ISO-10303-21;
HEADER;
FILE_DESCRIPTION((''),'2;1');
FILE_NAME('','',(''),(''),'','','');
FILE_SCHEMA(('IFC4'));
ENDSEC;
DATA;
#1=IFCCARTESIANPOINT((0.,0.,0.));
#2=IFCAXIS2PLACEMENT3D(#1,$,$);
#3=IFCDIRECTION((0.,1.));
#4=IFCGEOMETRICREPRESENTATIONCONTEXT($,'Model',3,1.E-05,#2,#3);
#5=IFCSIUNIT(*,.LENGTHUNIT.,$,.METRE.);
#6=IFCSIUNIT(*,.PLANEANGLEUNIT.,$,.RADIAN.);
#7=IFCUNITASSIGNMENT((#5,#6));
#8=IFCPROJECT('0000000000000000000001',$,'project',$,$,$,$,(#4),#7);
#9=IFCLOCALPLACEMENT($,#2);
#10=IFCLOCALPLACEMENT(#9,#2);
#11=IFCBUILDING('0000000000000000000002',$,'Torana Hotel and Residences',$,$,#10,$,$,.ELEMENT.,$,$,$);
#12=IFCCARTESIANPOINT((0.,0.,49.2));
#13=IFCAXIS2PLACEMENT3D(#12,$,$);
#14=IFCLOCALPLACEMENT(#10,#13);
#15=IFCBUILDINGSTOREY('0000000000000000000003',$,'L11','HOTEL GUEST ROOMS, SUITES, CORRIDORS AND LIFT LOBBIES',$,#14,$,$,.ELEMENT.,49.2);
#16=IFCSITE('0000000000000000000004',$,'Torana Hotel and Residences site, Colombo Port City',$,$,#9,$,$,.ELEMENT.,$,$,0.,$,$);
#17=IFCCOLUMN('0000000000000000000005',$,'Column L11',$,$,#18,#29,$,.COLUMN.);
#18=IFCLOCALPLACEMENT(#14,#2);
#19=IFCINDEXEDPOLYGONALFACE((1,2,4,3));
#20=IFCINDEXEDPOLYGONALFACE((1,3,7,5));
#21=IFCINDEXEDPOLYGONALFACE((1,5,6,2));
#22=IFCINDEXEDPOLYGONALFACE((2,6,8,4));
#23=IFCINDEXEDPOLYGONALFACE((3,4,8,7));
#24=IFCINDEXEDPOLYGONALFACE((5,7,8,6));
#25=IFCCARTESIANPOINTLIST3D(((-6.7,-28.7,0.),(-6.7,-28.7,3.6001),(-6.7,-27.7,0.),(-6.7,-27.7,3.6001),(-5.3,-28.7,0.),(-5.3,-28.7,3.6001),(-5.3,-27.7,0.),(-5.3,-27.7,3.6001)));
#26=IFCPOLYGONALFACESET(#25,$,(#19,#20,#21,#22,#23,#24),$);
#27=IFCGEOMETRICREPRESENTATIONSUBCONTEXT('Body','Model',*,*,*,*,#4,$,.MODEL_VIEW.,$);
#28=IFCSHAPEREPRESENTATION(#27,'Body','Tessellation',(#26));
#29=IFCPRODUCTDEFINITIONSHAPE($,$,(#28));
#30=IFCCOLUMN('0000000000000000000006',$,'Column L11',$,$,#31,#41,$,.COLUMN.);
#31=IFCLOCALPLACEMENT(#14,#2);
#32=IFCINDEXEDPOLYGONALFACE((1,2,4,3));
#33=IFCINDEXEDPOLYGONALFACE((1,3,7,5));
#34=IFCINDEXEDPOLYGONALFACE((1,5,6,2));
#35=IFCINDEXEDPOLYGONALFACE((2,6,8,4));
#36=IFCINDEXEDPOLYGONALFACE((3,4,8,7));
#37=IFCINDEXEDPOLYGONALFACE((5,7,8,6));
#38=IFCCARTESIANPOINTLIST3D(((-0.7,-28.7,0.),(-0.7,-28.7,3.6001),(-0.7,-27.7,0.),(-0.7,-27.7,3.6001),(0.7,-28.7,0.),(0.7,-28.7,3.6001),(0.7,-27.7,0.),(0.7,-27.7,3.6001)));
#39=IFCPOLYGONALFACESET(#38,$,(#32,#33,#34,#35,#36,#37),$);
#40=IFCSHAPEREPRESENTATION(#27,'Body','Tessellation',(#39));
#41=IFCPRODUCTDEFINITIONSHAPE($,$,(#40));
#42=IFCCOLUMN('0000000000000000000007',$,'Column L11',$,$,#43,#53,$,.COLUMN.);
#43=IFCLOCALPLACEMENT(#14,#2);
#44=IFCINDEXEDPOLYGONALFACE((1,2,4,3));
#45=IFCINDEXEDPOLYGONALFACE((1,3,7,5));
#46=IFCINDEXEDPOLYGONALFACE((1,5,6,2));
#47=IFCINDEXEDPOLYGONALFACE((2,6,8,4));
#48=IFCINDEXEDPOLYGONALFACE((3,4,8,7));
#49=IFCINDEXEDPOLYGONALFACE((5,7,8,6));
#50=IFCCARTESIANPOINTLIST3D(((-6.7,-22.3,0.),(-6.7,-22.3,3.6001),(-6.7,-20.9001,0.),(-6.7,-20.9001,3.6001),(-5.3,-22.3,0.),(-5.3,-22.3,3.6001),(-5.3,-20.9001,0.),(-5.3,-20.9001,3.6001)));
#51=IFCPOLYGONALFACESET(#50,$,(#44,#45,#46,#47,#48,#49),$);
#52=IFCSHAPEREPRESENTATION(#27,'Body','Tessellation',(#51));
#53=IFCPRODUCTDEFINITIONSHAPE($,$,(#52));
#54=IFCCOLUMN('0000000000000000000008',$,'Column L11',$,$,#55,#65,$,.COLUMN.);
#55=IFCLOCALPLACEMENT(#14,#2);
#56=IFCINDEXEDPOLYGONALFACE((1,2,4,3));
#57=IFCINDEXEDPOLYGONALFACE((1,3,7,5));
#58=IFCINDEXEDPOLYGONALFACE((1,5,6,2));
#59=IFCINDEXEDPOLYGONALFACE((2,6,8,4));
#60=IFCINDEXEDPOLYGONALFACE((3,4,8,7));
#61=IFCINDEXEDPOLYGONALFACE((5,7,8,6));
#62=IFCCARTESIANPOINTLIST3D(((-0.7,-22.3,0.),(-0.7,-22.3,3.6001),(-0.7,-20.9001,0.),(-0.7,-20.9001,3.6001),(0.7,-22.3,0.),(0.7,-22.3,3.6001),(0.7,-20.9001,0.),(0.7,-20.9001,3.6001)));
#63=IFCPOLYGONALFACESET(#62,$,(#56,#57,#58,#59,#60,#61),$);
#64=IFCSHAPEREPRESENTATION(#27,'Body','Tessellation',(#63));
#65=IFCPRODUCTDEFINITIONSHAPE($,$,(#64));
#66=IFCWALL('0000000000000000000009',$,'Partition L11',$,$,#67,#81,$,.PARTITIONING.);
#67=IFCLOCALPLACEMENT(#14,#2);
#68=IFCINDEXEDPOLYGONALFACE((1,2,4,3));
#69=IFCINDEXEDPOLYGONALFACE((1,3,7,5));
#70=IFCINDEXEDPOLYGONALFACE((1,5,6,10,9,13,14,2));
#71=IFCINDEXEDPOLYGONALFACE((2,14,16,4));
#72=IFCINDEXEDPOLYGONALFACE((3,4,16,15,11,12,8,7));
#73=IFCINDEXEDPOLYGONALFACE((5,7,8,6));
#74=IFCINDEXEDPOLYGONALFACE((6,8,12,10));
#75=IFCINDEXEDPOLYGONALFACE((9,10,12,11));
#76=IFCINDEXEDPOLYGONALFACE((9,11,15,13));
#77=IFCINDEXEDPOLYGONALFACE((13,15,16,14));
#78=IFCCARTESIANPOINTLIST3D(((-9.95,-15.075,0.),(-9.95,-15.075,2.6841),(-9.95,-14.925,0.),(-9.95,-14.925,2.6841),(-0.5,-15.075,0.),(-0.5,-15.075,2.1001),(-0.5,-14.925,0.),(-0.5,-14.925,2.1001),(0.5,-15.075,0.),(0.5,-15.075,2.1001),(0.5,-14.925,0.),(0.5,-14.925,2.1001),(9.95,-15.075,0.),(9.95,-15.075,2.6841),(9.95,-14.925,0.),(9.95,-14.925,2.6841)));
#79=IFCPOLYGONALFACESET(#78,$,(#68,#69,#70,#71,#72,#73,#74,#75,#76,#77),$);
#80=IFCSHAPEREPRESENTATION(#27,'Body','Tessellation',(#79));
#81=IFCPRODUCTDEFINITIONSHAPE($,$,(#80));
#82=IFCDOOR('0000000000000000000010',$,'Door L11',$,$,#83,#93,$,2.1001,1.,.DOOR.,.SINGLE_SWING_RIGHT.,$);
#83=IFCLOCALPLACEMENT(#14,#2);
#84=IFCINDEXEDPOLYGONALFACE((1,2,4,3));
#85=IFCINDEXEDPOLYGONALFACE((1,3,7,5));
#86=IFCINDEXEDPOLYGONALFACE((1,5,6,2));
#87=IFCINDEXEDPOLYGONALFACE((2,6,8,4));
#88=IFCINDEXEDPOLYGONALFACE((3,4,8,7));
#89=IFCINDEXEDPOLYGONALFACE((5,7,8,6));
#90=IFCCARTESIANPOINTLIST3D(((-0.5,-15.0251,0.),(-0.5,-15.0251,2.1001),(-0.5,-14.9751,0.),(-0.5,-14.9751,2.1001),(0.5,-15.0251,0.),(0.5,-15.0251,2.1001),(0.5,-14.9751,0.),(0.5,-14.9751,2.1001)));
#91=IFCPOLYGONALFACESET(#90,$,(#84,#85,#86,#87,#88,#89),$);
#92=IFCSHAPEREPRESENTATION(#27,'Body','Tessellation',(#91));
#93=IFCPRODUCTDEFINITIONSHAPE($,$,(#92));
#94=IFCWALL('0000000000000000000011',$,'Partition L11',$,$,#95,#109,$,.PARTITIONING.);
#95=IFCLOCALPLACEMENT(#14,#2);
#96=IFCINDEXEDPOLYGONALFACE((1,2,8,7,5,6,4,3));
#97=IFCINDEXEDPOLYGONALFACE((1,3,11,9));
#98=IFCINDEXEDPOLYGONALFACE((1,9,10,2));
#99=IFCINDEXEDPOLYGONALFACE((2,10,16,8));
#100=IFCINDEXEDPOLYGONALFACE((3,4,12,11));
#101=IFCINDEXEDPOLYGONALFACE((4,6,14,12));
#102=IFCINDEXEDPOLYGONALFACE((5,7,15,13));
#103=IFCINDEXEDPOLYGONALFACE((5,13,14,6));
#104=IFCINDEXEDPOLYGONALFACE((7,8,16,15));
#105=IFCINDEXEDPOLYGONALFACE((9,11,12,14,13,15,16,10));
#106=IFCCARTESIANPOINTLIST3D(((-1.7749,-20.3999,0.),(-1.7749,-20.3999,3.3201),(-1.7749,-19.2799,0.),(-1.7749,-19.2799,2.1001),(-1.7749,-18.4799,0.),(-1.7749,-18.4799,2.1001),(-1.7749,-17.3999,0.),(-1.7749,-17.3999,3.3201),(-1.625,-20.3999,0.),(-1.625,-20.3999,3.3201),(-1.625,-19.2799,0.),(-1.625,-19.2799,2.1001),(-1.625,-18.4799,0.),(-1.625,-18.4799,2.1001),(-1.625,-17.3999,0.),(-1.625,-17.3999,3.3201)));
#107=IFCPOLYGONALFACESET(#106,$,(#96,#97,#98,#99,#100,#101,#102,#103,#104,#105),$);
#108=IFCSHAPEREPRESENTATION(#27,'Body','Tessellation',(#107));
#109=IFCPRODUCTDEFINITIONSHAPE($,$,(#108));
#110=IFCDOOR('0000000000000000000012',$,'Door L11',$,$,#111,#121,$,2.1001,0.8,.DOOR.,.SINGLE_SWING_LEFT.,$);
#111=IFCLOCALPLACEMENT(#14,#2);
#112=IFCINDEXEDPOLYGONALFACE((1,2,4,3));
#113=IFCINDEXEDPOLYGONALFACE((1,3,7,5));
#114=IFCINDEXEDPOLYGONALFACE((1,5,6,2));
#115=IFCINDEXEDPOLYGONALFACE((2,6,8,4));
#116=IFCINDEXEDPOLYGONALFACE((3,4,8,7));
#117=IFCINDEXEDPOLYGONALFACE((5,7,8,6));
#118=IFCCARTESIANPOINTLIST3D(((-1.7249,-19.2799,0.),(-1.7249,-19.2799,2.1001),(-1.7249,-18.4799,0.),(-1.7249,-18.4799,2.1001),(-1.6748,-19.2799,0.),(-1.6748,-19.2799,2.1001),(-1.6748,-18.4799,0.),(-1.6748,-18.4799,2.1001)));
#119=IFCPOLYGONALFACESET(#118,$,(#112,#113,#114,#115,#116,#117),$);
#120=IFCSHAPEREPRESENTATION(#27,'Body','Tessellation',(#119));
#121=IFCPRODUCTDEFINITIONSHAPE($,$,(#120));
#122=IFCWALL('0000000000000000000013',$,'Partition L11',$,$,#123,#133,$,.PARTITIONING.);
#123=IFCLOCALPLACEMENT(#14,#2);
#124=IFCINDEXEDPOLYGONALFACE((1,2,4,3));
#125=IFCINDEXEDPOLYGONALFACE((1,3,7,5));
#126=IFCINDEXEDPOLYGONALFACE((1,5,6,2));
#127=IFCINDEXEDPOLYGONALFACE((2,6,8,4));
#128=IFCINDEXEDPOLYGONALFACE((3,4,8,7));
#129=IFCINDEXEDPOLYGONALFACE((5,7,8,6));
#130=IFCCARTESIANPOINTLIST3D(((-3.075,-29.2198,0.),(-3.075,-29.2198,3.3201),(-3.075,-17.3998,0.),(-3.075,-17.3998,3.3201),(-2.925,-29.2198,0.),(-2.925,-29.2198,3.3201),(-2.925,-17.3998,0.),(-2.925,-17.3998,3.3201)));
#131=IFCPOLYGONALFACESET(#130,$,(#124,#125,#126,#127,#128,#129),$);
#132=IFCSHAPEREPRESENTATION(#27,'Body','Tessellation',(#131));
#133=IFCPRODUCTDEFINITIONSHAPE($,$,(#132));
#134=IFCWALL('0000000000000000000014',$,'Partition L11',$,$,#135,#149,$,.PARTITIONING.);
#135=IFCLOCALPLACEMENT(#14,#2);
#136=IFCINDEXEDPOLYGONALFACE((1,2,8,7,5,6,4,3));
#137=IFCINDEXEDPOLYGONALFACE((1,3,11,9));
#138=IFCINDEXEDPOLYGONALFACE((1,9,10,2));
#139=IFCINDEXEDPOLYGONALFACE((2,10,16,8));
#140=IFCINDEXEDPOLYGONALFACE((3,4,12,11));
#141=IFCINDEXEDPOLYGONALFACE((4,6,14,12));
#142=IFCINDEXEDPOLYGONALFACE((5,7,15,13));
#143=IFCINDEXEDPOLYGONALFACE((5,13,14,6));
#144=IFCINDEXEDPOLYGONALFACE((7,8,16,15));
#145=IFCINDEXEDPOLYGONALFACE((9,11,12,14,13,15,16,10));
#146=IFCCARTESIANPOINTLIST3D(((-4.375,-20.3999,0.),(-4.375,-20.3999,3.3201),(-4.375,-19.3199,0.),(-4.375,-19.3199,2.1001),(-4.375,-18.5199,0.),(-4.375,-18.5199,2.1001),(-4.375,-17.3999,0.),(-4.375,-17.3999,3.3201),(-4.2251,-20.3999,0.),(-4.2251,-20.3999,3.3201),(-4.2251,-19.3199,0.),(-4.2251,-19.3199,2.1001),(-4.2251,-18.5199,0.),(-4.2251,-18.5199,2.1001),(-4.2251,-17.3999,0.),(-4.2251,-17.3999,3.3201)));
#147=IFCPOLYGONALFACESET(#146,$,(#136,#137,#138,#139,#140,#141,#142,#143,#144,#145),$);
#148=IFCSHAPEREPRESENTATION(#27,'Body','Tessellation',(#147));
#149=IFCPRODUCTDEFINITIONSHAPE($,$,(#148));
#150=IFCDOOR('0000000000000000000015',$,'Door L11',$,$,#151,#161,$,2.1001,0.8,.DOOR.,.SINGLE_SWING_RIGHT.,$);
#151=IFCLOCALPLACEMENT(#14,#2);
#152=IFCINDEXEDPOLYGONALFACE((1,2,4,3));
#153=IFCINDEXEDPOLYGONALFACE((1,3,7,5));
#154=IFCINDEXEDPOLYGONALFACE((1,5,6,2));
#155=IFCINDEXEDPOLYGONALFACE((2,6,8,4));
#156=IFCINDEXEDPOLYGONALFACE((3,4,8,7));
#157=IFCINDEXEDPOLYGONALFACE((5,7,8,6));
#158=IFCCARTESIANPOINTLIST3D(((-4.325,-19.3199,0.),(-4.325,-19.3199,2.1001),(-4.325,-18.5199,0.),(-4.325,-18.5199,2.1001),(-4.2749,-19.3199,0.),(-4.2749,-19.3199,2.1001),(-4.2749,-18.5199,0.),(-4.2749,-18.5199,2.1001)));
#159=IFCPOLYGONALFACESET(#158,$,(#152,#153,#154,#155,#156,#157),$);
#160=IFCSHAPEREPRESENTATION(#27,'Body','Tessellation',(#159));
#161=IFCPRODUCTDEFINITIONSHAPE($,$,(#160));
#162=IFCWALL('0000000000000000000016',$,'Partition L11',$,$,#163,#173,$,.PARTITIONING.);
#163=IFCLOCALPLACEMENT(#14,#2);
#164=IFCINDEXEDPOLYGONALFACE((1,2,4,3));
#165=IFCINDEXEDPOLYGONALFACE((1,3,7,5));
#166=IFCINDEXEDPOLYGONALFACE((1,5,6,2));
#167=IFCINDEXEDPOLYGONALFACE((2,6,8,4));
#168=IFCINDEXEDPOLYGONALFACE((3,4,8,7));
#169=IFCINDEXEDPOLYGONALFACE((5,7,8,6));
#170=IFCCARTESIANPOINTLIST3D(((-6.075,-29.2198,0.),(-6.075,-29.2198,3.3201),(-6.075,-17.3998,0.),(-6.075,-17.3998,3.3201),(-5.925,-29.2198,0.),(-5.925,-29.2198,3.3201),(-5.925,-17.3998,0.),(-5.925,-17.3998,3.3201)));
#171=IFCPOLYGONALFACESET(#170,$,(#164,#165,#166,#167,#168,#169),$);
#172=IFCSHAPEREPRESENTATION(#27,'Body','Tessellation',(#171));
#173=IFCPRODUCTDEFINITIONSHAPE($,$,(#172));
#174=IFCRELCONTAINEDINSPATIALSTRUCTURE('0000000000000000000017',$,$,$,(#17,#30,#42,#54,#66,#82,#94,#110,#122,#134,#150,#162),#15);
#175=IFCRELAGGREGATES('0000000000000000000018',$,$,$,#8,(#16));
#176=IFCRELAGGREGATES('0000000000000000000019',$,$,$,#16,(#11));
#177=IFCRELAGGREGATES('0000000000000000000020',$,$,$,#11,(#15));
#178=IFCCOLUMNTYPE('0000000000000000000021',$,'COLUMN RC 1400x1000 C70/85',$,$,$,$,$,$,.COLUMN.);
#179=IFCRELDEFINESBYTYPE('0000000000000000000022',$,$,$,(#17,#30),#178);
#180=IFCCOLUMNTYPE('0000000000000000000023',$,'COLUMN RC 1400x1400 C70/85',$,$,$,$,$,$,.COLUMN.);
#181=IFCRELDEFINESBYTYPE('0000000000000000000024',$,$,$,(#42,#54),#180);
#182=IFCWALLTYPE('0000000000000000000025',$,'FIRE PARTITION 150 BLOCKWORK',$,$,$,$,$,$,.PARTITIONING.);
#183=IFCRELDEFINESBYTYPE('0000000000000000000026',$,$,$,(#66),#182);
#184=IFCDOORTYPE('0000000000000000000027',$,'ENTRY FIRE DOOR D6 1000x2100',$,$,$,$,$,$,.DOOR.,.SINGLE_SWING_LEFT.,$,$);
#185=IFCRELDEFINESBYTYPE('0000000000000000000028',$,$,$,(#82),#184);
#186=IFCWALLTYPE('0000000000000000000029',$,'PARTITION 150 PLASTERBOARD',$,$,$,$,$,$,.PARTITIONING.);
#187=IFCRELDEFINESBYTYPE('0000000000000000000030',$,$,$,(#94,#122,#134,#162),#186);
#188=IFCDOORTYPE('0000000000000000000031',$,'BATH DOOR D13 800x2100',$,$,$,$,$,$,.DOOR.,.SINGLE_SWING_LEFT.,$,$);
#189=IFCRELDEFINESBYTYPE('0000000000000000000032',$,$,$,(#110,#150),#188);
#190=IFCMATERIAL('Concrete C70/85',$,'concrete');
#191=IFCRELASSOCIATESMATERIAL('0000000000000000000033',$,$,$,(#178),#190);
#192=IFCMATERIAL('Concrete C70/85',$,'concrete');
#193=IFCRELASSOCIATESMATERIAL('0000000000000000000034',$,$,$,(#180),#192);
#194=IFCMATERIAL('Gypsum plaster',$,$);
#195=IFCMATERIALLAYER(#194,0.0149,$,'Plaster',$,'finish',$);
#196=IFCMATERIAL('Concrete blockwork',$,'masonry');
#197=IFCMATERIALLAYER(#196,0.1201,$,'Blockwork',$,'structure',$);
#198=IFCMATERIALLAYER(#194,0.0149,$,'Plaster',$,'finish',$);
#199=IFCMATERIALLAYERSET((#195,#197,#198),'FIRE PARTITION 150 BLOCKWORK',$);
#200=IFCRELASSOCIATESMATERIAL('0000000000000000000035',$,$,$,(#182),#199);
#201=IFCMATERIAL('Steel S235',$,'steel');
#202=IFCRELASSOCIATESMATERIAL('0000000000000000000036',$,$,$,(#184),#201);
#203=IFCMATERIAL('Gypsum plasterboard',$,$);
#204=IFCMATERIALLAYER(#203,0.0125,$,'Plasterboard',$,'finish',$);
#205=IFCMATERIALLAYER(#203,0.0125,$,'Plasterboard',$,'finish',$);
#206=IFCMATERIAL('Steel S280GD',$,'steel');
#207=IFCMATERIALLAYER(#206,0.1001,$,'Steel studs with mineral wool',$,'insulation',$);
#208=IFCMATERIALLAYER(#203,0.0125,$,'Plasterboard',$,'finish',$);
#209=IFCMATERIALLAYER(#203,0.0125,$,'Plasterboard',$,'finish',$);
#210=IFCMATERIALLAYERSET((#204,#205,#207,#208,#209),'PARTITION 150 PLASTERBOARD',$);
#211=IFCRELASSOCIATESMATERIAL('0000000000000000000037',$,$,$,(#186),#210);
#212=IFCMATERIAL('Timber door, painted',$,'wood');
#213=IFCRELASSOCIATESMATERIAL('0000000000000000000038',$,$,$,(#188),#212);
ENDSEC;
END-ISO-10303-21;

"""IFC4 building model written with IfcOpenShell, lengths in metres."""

from ifc_helpers import new_model, si_unit, direction, frame, frame_2d, origin, origin_2d, place, context, subcontext, project, spatial, rectangle, extrude, material, layer, layer_set, material_profile, profile_set, type_object, element, fill, save


model = new_model("IFC4")

# Units and contexts
model_context = context("Model", 3, precision=1e-05, world=origin(), true_north=direction((0.0, 1.0)))
body_context = subcontext(model_context, "Body", "Model", "MODEL_VIEW")
ifc_project = project(units=[si_unit("LENGTHUNIT", "METRE"), si_unit("PLANEANGLEUNIT", "RADIAN")], contexts=[model_context])

# Site, building, storey
site_placement = place(None, origin())
site = spatial("IfcSite", under=ifc_project, at=site_placement, Name="Torana Hotel and Residences site, Colombo Port City", CompositionType="ELEMENT", RefElevation=0.0)
building_placement = place(site_placement, origin())
building = spatial("IfcBuilding", under=site, at=building_placement, Name="Torana Hotel and Residences", CompositionType="ELEMENT")
storey_placement = place(building_placement, frame((0.0, 0.0, 49.2)))
storey = spatial("IfcBuildingStorey", under=building, at=storey_placement, Name="L11", Description="HOTEL GUEST ROOMS, SUITES, CORRIDORS AND LIFT LOBBIES", CompositionType="ELEMENT", Elevation=49.2)

# Columns
ifc_material_1 = material(Name="Concrete C70/85", Category="concrete")
ifc_material_profile_1 = material_profile(ifc_material_1, rectangle(XDim=1.3999, YDim=1.0, at=origin_2d()), Name="RC 1400x1000")
ifc_profile_set_1 = profile_set([ifc_material_profile_1], Name="Concrete C70/85")
column_type_1 = type_object("IfcColumnType", Name="COLUMN RC 1400x1000 C70/85", PredefinedType="COLUMN", material=ifc_profile_set_1)
for number, where, z_axis, x_axis, name in (
    (1, (-6.0, -28.2, 0.0), (0.0, 0.0, 1.0), (1.0, 0.0, 0.0), "Column L11"),
    (2, (0.0, -28.2, 0.0), (0.0, 0.0, 1.0), (1.0, 0.0, 0.0), "Column L11"),
):
    element("IfcColumn", number, at=place(storey_placement, frame(where, z_axis=z_axis, x_axis=x_axis)), inside=storey, type_object=column_type_1, Name=name, PredefinedType="COLUMN", context=body_context, shape_type="SweptSolid", body=[
        extrude(rectangle(XDim=1.3999, YDim=1.0, at=origin_2d()), origin(), (0.0, 0.0, 1.0), 3.6001),
    ])
ifc_material_2 = material(Name="Concrete C70/85", Category="concrete")
ifc_material_profile_2 = material_profile(ifc_material_2, rectangle(XDim=1.3999, YDim=1.3999, at=origin_2d()), Name="RC 1400x1400")
ifc_profile_set_2 = profile_set([ifc_material_profile_2], Name="Concrete C70/85")
column_type_2 = type_object("IfcColumnType", Name="COLUMN RC 1400x1400 C70/85", PredefinedType="COLUMN", material=ifc_profile_set_2)
for number, where, z_axis, x_axis, name in (
    (3, (-6.0, -21.6001, 0.0), (0.0, 0.0, 1.0), (1.0, 0.0, 0.0), "Column L11"),
    (4, (0.0, -21.6001, 0.0), (0.0, 0.0, 1.0), (1.0, 0.0, 0.0), "Column L11"),
):
    element("IfcColumn", number, at=place(storey_placement, frame(where, z_axis=z_axis, x_axis=x_axis)), inside=storey, type_object=column_type_2, Name=name, PredefinedType="COLUMN", context=body_context, shape_type="SweptSolid", body=[
        extrude(rectangle(XDim=1.3999, YDim=1.3999, at=origin_2d()), origin(), (0.0, 0.0, 1.0), 3.6001),
    ])

# Walls, openings, doors
ifc_material_3 = material(Name="Gypsum plaster")
ifc_layer_1 = layer(ifc_material_3, 0.0149, Name="Plaster", Category="finish")
ifc_material_4 = material(Name="Concrete blockwork", Category="masonry")
ifc_layer_2 = layer(ifc_material_4, 0.1201, Name="Blockwork", Category="structure")
ifc_layer_3 = layer(ifc_material_3, 0.0149, Name="Plaster", Category="finish")
ifc_layer_set_1 = layer_set([ifc_layer_1, ifc_layer_2, ifc_layer_3], Name="FIRE PARTITION 150 BLOCKWORK")
wall_type_1 = type_object("IfcWallType", Name="FIRE PARTITION 150 BLOCKWORK", PredefinedType="PARTITIONING", material=ifc_layer_set_1)
wall_1_placement = place(storey_placement, frame((-9.95, -15.0, 0.0), z_axis=(0.0, 0.0, 1.0), x_axis=(1.0, 0.0, 0.0)))
wall_1 = element("IfcWall", 5, at=wall_1_placement, inside=storey, type_object=wall_type_1, Name="Partition L11", PredefinedType="PARTITIONING", context=body_context, shape_type="SweptSolid", body=[
    extrude(rectangle(XDim=19.8999, YDim=0.1499, at=frame_2d((9.95, 0.0))), origin(), (0.0, 0.0, 1.0), 2.6841),
])
opening_1_placement = place(wall_1_placement, frame((9.45, 0.0, 0.0)))
opening_1 = element("IfcOpeningElement", 6, at=opening_1_placement, cuts=wall_1, PredefinedType="OPENING", context=body_context, shape_type="SweptSolid", body=[
    extrude(rectangle(XDim=1.0, YDim=2.1001, at=frame_2d((0.5, 1.05))), frame((0.0, 0.085, 0.0), z_axis=(0.0, -1.0, 0.0), x_axis=(1.0, 0.0, 0.0)), (0.0, 0.0, 1.0), 0.1699),
])
ifc_material_5 = material(Name="Steel S235", Category="steel")
door_type_1 = type_object("IfcDoorType", Name="ENTRY FIRE DOOR D6 1000x2100", OperationType="SINGLE_SWING_LEFT", PredefinedType="DOOR", material=ifc_material_5)
door_1_placement = place(opening_1_placement, origin())
door_1 = element("IfcDoor", 7, at=door_1_placement, inside=storey, type_object=door_type_1, Name="Door L11", OperationType="SINGLE_SWING_RIGHT", OverallHeight=2.1001, OverallWidth=1.0, PredefinedType="DOOR", context=body_context, shape_type="SweptSolid", body=[
    extrude(rectangle(XDim=1.0, YDim=2.1001, at=frame_2d((0.5, 1.05))), frame((0.0, 0.0249, 0.0), z_axis=(0.0, -1.0, 0.0), x_axis=(1.0, 0.0, 0.0)), (0.0, 0.0, 1.0), 0.05),
])
fill(opening_1, door_1)
ifc_material_6 = material(Name="Gypsum plasterboard")
ifc_layer_4 = layer(ifc_material_6, 0.0125, Name="Plasterboard", Category="finish")
ifc_layer_5 = layer(ifc_material_6, 0.0125, Name="Plasterboard", Category="finish")
ifc_material_7 = material(Name="Steel S280GD", Category="steel")
ifc_layer_6 = layer(ifc_material_7, 0.1001, Name="Steel studs with mineral wool", Category="insulation")
ifc_layer_7 = layer(ifc_material_6, 0.0125, Name="Plasterboard", Category="finish")
ifc_layer_8 = layer(ifc_material_6, 0.0125, Name="Plasterboard", Category="finish")
ifc_layer_set_2 = layer_set([ifc_layer_4, ifc_layer_5, ifc_layer_6, ifc_layer_7, ifc_layer_8], Name="PARTITION 150 PLASTERBOARD")
wall_type_2 = type_object("IfcWallType", Name="PARTITION 150 PLASTERBOARD", PredefinedType="PARTITIONING", material=ifc_layer_set_2)
wall_2_placement = place(storey_placement, frame((-1.7, -20.3999, 0.0), z_axis=(0.0, 0.0, 1.0), x_axis=(0.0, 1.0, 0.0)))
wall_2 = element("IfcWall", 8, at=wall_2_placement, inside=storey, type_object=wall_type_2, Name="Partition L11", PredefinedType="PARTITIONING", context=body_context, shape_type="SweptSolid", body=[
    extrude(rectangle(XDim=3.0, YDim=0.1499, at=frame_2d((1.5, 0.0))), origin(), (0.0, 0.0, 1.0), 3.3201),
])
opening_2_placement = place(wall_2_placement, frame((1.1201, 0.0, 0.0)))
opening_2 = element("IfcOpeningElement", 9, at=opening_2_placement, cuts=wall_2, PredefinedType="OPENING", context=body_context, shape_type="SweptSolid", body=[
    extrude(rectangle(XDim=0.8, YDim=2.1001, at=frame_2d((0.3999, 1.05))), frame((0.0, 0.085, 0.0), z_axis=(0.0, -1.0, 0.0), x_axis=(1.0, 0.0, 0.0)), (0.0, 0.0, 1.0), 0.1699),
])
ifc_material_8 = material(Name="Timber door, painted", Category="wood")
door_type_2 = type_object("IfcDoorType", Name="BATH DOOR D13 800x2100", OperationType="SINGLE_SWING_LEFT", PredefinedType="DOOR", material=ifc_material_8)
door_2_placement = place(opening_2_placement, origin())
door_2 = element("IfcDoor", 10, at=door_2_placement, inside=storey, type_object=door_type_2, Name="Door L11", OperationType="SINGLE_SWING_LEFT", OverallHeight=2.1001, OverallWidth=0.8, PredefinedType="DOOR", context=body_context, shape_type="SweptSolid", body=[
    extrude(rectangle(XDim=0.8, YDim=2.1001, at=frame_2d((0.3999, 1.05))), frame((0.0, 0.0249, 0.0), z_axis=(0.0, -1.0, 0.0), x_axis=(1.0, 0.0, 0.0)), (0.0, 0.0, 1.0), 0.05),
])
fill(opening_2, door_2)

# Wall
wall_3_placement = place(storey_placement, frame((-3.0, -29.22, 0.0), z_axis=(0.0, 0.0, 1.0), x_axis=(0.0, 1.0, 0.0)))
element("IfcWall", 11, at=wall_3_placement, inside=storey, type_object=wall_type_2, Name="Partition L11", PredefinedType="PARTITIONING", context=body_context, shape_type="SweptSolid", body=[
    extrude(rectangle(XDim=11.8201, YDim=0.1499, at=frame_2d((5.9102, 0.0))), origin(), (0.0, 0.0, 1.0), 3.3201),
])

# Wall, opening, door
wall_4_placement = place(storey_placement, frame((-4.3, -20.3999, 0.0), z_axis=(0.0, 0.0, 1.0), x_axis=(0.0, 1.0, 0.0)))
wall_4 = element("IfcWall", 12, at=wall_4_placement, inside=storey, type_object=wall_type_2, Name="Partition L11", PredefinedType="PARTITIONING", context=body_context, shape_type="SweptSolid", body=[
    extrude(rectangle(XDim=3.0, YDim=0.1499, at=frame_2d((1.5, 0.0))), origin(), (0.0, 0.0, 1.0), 3.3201),
])
opening_3_placement = place(wall_4_placement, frame((1.0801, 0.0, 0.0)))
opening_3 = element("IfcOpeningElement", 13, at=opening_3_placement, cuts=wall_4, PredefinedType="OPENING", context=body_context, shape_type="SweptSolid", body=[
    extrude(rectangle(XDim=0.8, YDim=2.1001, at=frame_2d((0.3999, 1.05))), frame((0.0, 0.085, 0.0), z_axis=(0.0, -1.0, 0.0), x_axis=(1.0, 0.0, 0.0)), (0.0, 0.0, 1.0), 0.1699),
])
door_3_placement = place(opening_3_placement, origin())
door_3 = element("IfcDoor", 14, at=door_3_placement, inside=storey, type_object=door_type_2, Name="Door L11", OperationType="SINGLE_SWING_RIGHT", OverallHeight=2.1001, OverallWidth=0.8, PredefinedType="DOOR", context=body_context, shape_type="SweptSolid", body=[
    extrude(rectangle(XDim=0.8, YDim=2.1001, at=frame_2d((0.3999, 1.05))), frame((0.0, 0.0249, 0.0), z_axis=(0.0, -1.0, 0.0), x_axis=(1.0, 0.0, 0.0)), (0.0, 0.0, 1.0), 0.05),
])
fill(opening_3, door_3)

# Wall
wall_5_placement = place(storey_placement, frame((-6.0, -29.22, 0.0), z_axis=(0.0, 0.0, 1.0), x_axis=(0.0, 1.0, 0.0)))
element("IfcWall", 15, at=wall_5_placement, inside=storey, type_object=wall_type_2, Name="Partition L11", PredefinedType="PARTITIONING", context=body_context, shape_type="SweptSolid", body=[
    extrude(rectangle(XDim=11.8201, YDim=0.1499, at=frame_2d((5.9102, 0.0))), origin(), (0.0, 0.0, 1.0), 3.3201),
])

save(model, "model.ifc")
